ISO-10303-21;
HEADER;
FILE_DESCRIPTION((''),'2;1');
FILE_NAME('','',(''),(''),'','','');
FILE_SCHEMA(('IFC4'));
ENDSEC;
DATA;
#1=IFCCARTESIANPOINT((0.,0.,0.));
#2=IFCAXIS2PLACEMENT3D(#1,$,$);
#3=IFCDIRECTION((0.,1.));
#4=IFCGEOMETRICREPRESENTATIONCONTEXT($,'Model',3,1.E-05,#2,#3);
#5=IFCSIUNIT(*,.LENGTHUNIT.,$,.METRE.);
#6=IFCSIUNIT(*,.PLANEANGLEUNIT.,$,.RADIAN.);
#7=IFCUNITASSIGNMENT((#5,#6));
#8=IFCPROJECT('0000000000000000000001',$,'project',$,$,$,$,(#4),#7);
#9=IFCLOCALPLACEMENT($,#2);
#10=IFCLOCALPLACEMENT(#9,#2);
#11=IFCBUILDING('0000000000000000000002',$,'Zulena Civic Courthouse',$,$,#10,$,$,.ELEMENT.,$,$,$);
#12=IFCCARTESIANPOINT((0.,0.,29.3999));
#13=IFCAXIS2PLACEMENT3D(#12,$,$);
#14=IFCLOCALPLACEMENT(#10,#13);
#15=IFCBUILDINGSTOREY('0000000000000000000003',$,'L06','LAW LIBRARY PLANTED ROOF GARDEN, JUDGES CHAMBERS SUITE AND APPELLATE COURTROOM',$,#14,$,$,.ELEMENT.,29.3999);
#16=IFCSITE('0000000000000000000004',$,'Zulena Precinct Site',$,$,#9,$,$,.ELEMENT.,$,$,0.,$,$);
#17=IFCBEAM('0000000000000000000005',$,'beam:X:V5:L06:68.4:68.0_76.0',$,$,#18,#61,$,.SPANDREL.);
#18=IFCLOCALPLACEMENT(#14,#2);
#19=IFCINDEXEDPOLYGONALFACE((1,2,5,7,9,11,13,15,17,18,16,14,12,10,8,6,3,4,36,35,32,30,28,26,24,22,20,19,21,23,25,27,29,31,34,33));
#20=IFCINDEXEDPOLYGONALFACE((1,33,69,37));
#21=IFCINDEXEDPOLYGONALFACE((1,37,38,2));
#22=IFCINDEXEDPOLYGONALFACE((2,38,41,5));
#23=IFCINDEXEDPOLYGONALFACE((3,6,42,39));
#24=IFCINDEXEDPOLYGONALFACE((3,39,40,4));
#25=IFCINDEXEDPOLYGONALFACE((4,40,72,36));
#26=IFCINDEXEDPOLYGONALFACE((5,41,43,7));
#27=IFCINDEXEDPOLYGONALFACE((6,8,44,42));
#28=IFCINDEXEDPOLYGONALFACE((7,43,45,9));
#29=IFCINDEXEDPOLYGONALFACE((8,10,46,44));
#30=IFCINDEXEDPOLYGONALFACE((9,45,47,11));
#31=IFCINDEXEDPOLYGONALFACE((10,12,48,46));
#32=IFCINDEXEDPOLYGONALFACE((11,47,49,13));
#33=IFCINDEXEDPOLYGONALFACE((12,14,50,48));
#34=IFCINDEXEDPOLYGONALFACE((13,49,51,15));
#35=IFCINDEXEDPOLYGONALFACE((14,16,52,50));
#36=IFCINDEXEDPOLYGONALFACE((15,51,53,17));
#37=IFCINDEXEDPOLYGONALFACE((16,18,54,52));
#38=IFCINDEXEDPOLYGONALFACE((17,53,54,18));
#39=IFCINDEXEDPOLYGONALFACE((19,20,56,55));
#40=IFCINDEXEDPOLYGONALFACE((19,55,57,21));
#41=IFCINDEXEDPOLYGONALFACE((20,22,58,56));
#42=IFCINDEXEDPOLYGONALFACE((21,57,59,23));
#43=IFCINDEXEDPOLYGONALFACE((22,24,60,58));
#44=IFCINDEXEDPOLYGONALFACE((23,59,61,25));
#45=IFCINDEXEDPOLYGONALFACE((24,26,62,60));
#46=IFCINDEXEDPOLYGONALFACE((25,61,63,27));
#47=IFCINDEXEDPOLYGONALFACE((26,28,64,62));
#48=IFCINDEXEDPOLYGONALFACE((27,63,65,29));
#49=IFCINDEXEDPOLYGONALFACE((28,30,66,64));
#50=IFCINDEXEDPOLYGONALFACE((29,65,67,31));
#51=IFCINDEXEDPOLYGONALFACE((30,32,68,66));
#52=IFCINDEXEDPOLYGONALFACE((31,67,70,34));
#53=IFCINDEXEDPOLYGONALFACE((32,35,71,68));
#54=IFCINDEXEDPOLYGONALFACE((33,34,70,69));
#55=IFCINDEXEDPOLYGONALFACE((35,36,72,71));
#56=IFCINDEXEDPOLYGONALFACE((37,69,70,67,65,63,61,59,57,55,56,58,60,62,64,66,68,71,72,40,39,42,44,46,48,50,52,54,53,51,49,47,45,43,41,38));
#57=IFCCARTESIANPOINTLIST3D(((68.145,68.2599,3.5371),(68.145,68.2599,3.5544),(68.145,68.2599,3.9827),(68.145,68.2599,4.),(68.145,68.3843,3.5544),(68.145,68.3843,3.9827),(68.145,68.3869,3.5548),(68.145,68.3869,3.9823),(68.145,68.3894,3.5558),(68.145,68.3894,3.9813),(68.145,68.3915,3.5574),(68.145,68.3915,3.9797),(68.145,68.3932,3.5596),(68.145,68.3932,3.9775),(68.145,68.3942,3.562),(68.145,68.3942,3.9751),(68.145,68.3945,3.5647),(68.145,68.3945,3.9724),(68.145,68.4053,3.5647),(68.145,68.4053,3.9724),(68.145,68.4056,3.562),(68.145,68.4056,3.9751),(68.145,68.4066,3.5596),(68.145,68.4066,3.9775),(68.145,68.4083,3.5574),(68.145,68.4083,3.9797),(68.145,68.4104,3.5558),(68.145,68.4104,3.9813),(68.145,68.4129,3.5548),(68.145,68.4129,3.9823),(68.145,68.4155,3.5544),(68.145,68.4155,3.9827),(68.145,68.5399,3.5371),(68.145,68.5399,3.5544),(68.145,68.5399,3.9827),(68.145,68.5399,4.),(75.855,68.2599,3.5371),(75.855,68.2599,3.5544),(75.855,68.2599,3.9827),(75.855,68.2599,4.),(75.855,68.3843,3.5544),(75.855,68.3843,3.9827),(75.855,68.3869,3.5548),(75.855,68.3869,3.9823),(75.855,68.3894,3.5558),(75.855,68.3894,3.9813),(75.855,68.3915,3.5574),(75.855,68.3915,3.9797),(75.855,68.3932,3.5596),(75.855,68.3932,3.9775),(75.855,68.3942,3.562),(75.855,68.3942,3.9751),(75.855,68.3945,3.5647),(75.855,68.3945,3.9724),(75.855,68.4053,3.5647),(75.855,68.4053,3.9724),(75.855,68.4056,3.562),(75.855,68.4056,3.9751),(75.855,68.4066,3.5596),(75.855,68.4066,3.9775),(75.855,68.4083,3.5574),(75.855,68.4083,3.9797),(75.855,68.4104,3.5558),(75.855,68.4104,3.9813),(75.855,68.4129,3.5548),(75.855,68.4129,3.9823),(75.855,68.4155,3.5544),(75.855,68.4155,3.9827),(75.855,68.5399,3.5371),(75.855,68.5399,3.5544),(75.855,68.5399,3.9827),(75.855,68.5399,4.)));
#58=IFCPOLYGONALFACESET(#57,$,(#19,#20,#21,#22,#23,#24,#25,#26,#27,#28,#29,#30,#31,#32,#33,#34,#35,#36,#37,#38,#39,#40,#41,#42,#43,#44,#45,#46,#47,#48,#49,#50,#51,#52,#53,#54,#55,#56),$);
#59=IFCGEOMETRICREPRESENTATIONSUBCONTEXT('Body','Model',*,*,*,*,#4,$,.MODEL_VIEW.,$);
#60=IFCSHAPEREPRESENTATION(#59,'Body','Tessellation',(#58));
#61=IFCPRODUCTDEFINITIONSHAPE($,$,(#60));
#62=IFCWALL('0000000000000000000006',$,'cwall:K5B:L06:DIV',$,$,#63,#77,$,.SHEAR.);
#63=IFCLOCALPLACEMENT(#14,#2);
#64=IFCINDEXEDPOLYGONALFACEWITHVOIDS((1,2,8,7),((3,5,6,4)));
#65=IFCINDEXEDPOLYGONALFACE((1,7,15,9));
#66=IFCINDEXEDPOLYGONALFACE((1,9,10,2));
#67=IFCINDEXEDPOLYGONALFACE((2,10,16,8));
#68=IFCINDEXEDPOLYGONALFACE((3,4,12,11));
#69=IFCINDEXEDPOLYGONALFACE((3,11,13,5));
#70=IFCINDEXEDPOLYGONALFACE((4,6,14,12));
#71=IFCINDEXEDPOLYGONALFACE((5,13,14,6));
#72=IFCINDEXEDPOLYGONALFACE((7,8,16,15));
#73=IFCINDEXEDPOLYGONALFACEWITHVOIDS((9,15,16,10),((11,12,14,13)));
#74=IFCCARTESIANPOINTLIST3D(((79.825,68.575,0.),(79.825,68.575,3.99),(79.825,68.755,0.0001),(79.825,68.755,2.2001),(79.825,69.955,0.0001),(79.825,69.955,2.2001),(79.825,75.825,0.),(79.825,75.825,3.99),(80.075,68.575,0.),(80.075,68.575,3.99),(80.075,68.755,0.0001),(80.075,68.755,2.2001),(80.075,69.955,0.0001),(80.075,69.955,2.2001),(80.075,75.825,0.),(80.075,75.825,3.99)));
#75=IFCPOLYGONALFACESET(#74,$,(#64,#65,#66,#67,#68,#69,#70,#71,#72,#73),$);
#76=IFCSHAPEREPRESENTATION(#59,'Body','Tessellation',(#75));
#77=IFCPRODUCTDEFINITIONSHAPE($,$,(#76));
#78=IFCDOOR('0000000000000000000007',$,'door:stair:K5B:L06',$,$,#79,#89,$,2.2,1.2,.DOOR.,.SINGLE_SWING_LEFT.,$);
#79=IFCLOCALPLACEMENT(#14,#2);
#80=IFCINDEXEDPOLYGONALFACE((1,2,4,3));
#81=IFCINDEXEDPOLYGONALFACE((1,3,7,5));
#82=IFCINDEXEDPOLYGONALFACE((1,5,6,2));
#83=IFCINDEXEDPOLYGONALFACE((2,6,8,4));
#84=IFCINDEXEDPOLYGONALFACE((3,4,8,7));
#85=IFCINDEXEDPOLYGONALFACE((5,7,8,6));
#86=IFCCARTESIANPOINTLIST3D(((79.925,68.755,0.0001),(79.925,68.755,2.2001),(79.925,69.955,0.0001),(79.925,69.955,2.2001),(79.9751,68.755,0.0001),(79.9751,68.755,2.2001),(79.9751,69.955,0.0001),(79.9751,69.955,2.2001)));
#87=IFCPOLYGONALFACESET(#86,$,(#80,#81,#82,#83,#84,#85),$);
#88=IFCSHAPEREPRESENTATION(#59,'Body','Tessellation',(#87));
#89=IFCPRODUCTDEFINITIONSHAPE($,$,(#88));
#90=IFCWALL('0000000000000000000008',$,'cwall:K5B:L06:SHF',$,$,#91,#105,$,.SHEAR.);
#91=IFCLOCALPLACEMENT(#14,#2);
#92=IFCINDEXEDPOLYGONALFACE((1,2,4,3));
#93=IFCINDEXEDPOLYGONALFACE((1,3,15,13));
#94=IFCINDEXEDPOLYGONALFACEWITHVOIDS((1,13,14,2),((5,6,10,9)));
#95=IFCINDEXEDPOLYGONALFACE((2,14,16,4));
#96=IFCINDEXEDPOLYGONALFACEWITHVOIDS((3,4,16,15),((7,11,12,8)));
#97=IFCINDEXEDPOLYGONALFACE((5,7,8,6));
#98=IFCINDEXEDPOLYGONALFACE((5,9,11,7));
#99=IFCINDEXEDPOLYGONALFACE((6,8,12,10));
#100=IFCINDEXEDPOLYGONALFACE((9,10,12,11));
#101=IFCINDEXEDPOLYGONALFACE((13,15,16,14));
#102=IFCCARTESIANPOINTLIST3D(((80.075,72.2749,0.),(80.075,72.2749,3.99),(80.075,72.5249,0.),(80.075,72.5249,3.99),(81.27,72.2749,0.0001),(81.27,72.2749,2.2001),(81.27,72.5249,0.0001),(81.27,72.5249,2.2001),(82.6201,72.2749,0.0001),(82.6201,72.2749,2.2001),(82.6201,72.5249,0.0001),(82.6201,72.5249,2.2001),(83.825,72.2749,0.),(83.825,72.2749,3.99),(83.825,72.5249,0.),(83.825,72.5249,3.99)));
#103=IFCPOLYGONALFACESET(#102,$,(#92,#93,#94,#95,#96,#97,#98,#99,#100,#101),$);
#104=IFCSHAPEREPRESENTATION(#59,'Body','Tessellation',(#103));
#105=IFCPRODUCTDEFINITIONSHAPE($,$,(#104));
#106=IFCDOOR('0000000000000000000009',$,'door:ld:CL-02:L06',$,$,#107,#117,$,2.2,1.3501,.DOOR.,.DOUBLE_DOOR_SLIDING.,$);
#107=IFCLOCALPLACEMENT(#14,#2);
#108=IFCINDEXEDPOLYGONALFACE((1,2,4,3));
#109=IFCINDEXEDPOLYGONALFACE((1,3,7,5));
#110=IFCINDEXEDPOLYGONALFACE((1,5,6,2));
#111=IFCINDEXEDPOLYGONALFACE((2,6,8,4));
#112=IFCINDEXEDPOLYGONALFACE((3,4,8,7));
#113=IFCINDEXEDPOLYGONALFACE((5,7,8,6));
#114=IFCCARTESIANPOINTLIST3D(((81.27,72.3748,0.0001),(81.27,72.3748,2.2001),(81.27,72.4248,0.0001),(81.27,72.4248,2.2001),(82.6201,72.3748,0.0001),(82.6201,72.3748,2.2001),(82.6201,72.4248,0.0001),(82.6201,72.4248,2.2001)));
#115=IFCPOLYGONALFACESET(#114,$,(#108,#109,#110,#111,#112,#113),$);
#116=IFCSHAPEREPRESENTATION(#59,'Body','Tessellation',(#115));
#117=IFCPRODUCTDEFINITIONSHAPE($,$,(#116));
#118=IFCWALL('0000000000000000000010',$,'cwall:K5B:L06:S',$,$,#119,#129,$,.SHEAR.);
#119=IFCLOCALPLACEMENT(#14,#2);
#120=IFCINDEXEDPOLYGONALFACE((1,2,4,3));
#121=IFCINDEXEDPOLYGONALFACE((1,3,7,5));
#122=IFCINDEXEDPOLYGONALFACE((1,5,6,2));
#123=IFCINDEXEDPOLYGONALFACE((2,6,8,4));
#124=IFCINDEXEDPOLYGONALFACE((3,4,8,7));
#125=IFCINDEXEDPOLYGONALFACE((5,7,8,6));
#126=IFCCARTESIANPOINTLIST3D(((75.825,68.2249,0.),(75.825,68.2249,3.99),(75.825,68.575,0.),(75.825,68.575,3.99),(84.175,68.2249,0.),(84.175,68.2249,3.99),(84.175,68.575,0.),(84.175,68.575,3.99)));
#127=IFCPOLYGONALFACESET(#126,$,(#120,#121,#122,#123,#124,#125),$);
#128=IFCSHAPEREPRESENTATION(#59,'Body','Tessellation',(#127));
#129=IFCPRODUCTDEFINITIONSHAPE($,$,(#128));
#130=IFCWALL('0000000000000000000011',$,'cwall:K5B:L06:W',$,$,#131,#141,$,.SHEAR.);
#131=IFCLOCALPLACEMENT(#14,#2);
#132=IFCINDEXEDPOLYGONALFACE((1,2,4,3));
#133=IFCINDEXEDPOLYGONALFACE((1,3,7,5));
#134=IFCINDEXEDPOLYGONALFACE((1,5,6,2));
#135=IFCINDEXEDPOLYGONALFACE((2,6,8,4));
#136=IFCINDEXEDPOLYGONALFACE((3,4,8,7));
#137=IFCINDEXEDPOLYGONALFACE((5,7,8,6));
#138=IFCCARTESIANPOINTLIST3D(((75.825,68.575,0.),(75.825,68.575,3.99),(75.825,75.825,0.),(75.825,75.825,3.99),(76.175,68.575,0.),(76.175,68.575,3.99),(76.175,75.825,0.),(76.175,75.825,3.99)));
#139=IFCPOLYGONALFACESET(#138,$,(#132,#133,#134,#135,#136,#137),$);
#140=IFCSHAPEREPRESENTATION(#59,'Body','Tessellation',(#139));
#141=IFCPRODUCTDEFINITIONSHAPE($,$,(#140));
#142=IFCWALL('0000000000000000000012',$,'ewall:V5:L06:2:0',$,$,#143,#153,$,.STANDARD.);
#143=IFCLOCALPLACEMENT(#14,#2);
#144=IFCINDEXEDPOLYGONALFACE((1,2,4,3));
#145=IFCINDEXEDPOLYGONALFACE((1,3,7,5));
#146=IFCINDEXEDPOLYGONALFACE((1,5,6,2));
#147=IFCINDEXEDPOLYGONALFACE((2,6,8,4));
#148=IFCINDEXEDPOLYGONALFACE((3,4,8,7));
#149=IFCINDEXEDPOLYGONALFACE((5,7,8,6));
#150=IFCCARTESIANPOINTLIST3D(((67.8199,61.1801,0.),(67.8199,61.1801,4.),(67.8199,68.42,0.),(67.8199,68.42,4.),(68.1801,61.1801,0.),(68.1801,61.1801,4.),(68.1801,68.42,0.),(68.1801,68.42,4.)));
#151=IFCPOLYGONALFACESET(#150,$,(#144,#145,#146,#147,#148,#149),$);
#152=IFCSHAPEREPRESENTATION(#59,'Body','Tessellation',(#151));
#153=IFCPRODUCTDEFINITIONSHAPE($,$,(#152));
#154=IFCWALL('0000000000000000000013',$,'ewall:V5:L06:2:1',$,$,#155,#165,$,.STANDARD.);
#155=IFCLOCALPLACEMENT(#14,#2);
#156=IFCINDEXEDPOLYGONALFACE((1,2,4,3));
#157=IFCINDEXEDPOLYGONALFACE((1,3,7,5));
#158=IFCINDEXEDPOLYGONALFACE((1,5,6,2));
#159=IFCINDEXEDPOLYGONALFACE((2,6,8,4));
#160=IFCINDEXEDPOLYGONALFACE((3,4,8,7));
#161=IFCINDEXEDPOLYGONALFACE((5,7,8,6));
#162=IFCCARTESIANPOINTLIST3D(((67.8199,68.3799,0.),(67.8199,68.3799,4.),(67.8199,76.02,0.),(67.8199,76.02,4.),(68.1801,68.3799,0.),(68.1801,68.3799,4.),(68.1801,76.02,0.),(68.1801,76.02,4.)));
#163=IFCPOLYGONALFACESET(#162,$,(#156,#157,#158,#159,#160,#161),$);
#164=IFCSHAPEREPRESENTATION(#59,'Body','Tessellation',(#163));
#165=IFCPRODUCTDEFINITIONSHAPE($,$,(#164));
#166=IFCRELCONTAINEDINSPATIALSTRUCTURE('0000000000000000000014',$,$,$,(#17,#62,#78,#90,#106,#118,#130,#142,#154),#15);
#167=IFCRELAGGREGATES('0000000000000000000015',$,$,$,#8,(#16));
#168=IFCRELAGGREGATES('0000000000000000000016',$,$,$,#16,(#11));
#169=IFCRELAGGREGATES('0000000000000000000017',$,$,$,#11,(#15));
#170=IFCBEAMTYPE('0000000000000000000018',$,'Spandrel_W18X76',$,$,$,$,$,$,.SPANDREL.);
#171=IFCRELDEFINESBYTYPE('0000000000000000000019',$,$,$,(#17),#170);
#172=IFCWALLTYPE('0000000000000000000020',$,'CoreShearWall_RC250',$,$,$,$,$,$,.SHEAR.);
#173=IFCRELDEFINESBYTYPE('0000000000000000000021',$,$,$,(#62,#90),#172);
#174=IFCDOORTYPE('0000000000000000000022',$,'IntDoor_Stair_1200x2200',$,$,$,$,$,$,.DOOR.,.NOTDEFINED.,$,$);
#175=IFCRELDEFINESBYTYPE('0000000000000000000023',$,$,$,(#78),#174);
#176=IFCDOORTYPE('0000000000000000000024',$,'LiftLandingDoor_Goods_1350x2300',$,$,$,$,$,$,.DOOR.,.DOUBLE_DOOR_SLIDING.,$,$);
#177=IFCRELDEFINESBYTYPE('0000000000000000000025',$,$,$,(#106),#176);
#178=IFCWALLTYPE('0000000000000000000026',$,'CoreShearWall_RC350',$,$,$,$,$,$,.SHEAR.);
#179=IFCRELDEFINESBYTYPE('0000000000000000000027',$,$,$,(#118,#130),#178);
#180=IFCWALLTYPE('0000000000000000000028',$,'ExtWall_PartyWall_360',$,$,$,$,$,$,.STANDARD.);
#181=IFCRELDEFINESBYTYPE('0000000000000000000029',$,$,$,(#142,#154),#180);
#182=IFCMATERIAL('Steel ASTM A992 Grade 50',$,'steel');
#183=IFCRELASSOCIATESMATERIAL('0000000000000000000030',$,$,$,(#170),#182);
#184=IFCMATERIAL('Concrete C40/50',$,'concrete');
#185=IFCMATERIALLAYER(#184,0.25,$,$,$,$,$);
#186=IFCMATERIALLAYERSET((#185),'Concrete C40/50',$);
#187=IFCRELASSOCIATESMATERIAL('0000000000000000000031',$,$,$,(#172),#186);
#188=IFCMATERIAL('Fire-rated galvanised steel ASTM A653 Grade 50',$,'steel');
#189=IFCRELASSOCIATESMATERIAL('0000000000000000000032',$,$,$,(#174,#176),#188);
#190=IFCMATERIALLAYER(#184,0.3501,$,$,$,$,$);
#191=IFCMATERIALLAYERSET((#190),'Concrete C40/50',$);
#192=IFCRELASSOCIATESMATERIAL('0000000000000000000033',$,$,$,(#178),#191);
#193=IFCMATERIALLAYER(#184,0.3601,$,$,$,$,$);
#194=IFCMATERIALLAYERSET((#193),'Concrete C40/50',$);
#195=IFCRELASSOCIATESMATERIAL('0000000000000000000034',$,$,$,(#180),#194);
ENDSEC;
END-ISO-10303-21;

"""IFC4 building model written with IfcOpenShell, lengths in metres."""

from ifc_helpers import new_model, si_unit, direction, frame, frame_2d, origin, origin_2d, place, context, subcontext, project, spatial, rectangle, i_section, extrude, material, layer, layer_set, material_profile, profile_set, type_object, element, fill, save


model = new_model("IFC4")

# Units and contexts
model_context = context("Model", 3, precision=1e-05, world=origin(), true_north=direction((0.0, 1.0)))
body_context = subcontext(model_context, "Body", "Model", "MODEL_VIEW")
ifc_project = project(units=[si_unit("LENGTHUNIT", "METRE"), si_unit("PLANEANGLEUNIT", "RADIAN")], contexts=[model_context])

# Site, building, storey
site_placement = place(None, origin())
site = spatial("IfcSite", under=ifc_project, at=site_placement, Name="Zulena Precinct Site", CompositionType="ELEMENT", RefElevation=0.0)
building_placement = place(site_placement, origin())
building = spatial("IfcBuilding", under=site, at=building_placement, Name="Zulena Civic Courthouse", CompositionType="ELEMENT")
storey_placement = place(building_placement, frame((0.0, 0.0, 29.3999)))
storey = spatial("IfcBuildingStorey", under=building, at=storey_placement, Name="L06", Description="LAW LIBRARY PLANTED ROOF GARDEN, JUDGES CHAMBERS SUITE AND APPELLATE COURTROOM", CompositionType="ELEMENT", Elevation=29.3999)

# Shared definitions
ifc_material_1 = material(Name="Steel ASTM A992 Grade 50", Category="steel")

# Beam
ifc_material_profile_1 = material_profile(ifc_material_1, i_section(OverallWidth=0.28, OverallDepth=0.4629, WebThickness=0.0107, FlangeThickness=0.0173, FilletRadius=0.0103, at=origin_2d()), Name="W18X76")
ifc_profile_set_1 = profile_set([ifc_material_profile_1], Name="Steel ASTM A992 Grade 50")
beam_type_1 = type_object("IfcBeamType", Name="Spandrel_W18X76", PredefinedType="SPANDREL", material=ifc_profile_set_1)
beam_1_placement = place(storey_placement, frame((68.145, 68.3999, 3.7686), z_axis=(1.0, 0.0, 0.0), x_axis=(0.0, 1.0, 0.0)))
element("IfcBeam", 1, at=beam_1_placement, inside=storey, type_object=beam_type_1, Name="beam:X:V5:L06:68.4:68.0_76.0", PredefinedType="SPANDREL", context=body_context, shape_type="SweptSolid", body=[
    extrude(i_section(OverallWidth=0.28, OverallDepth=0.4629, WebThickness=0.0107, FlangeThickness=0.0173, FilletRadius=0.0103, at=origin_2d()), origin(), (0.0, 0.0, 1.0), 7.71),
])

# Walls, openings, doors
ifc_material_2 = material(Name="Concrete C40/50", Category="concrete")
ifc_layer_1 = layer(ifc_material_2, 0.25)
ifc_layer_set_1 = layer_set([ifc_layer_1], Name="Concrete C40/50")
wall_type_1 = type_object("IfcWallType", Name="CoreShearWall_RC250", PredefinedType="SHEAR", material=ifc_layer_set_1)
wall_1_placement = place(storey_placement, frame((79.95, 68.575, 0.0), z_axis=(0.0, 0.0, 1.0), x_axis=(0.0, 1.0, 0.0)))
wall_1 = element("IfcWall", 2, at=wall_1_placement, inside=storey, type_object=wall_type_1, Name="cwall:K5B:L06:DIV", PredefinedType="SHEAR", context=body_context, shape_type="SweptSolid", body=[
    extrude(rectangle(XDim=7.25, YDim=0.25, at=frame_2d((3.625, 0.0))), origin(), (0.0, 0.0, 1.0), 3.99),
])
opening_1_placement = place(wall_1_placement, frame((0.1799, 0.0, 0.0)))
opening_1 = element("IfcOpeningElement", 3, at=opening_1_placement, cuts=wall_1, PredefinedType="OPENING", context=body_context, shape_type="SweptSolid", body=[
    extrude(rectangle(XDim=1.2, YDim=2.2, at=frame_2d((0.6001, 1.1001))), frame((0.0, 0.135, 0.0), z_axis=(0.0, -1.0, 0.0), x_axis=(1.0, 0.0, 0.0)), (0.0, 0.0, 1.0), 0.27),
])
ifc_material_3 = material(Name="Fire-rated galvanised steel ASTM A653 Grade 50", Category="steel")
door_type_1 = type_object("IfcDoorType", Name="IntDoor_Stair_1200x2200", OperationType="NOTDEFINED", PredefinedType="DOOR", material=ifc_material_3)
door_1_placement = place(opening_1_placement, origin())
door_1 = element("IfcDoor", 4, at=door_1_placement, inside=storey, type_object=door_type_1, Name="door:stair:K5B:L06", OperationType="SINGLE_SWING_LEFT", OverallHeight=2.2, OverallWidth=1.2, PredefinedType="DOOR", context=body_context, shape_type="SweptSolid", body=[
    extrude(rectangle(XDim=1.2, YDim=2.2, at=frame_2d((0.6001, 1.1001))), frame((0.0, 0.0249, 0.0), z_axis=(0.0, -1.0, 0.0), x_axis=(1.0, 0.0, 0.0)), (0.0, 0.0, 1.0), 0.05),
])
fill(opening_1, door_1)
wall_2_placement = place(storey_placement, frame((80.075, 72.3999, 0.0), z_axis=(0.0, 0.0, 1.0), x_axis=(1.0, 0.0, 0.0)))
wall_2 = element("IfcWall", 5, at=wall_2_placement, inside=storey, type_object=wall_type_1, Name="cwall:K5B:L06:SHF", PredefinedType="SHEAR", context=body_context, shape_type="SweptSolid", body=[
    extrude(rectangle(XDim=3.75, YDim=0.25, at=frame_2d((1.875, 0.0))), origin(), (0.0, 0.0, 1.0), 3.99),
])
opening_2_placement = place(wall_2_placement, frame((1.1951, 0.0, 0.0)))
opening_2 = element("IfcOpeningElement", 6, at=opening_2_placement, cuts=wall_2, PredefinedType="OPENING", context=body_context, shape_type="SweptSolid", body=[
    extrude(rectangle(XDim=1.3501, YDim=2.2, at=frame_2d((0.675, 1.1001))), frame((0.0, 0.135, 0.0), z_axis=(0.0, -1.0, 0.0), x_axis=(1.0, 0.0, 0.0)), (0.0, 0.0, 1.0), 0.27),
])
door_type_2 = type_object("IfcDoorType", Name="LiftLandingDoor_Goods_1350x2300", OperationType="DOUBLE_DOOR_SLIDING", PredefinedType="DOOR", material=ifc_material_3)
door_2_placement = place(opening_2_placement, origin())
door_2 = element("IfcDoor", 7, at=door_2_placement, inside=storey, type_object=door_type_2, Name="door:ld:CL-02:L06", OperationType="DOUBLE_DOOR_SLIDING", OverallHeight=2.2, OverallWidth=1.3501, PredefinedType="DOOR", context=body_context, shape_type="SweptSolid", body=[
    extrude(rectangle(XDim=1.3501, YDim=2.2, at=frame_2d((0.675, 1.1001))), frame((0.0, 0.0249, 0.0), z_axis=(0.0, -1.0, 0.0), x_axis=(1.0, 0.0, 0.0)), (0.0, 0.0, 1.0), 0.05),
])
fill(opening_2, door_2)

# Walls
ifc_layer_2 = layer(ifc_material_2, 0.3501)
ifc_layer_set_2 = layer_set([ifc_layer_2], Name="Concrete C40/50")
wall_type_2 = type_object("IfcWallType", Name="CoreShearWall_RC350", PredefinedType="SHEAR", material=ifc_layer_set_2)
wall_3_placement = place(storey_placement, frame((75.825, 68.3999, 0.0), z_axis=(0.0, 0.0, 1.0), x_axis=(1.0, 0.0, 0.0)))
element("IfcWall", 8, at=wall_3_placement, inside=storey, type_object=wall_type_2, Name="cwall:K5B:L06:S", PredefinedType="SHEAR", context=body_context, shape_type="SweptSolid", body=[
    extrude(rectangle(XDim=8.3501, YDim=0.3501, at=frame_2d((4.175, 0.0))), origin(), (0.0, 0.0, 1.0), 3.99),
])
wall_4_placement = place(storey_placement, frame((76.0, 68.575, 0.0), z_axis=(0.0, 0.0, 1.0), x_axis=(0.0, 1.0, 0.0)))
element("IfcWall", 9, at=wall_4_placement, inside=storey, type_object=wall_type_2, Name="cwall:K5B:L06:W", PredefinedType="SHEAR", context=body_context, shape_type="SweptSolid", body=[
    extrude(rectangle(XDim=7.25, YDim=0.3501, at=frame_2d((3.625, 0.0))), origin(), (0.0, 0.0, 1.0), 3.99),
])
ifc_layer_3 = layer(ifc_material_2, 0.3601)
ifc_layer_set_3 = layer_set([ifc_layer_3], Name="Concrete C40/50")
wall_type_3 = type_object("IfcWallType", Name="ExtWall_PartyWall_360", PredefinedType="STANDARD", material=ifc_layer_set_3)
wall_5_placement = place(storey_placement, frame((68.0, 61.1799, 0.0), z_axis=(0.0, 0.0, 1.0), x_axis=(0.0, 1.0, 0.0)))
element("IfcWall", 10, at=wall_5_placement, inside=storey, type_object=wall_type_3, Name="ewall:V5:L06:2:0", PredefinedType="STANDARD", context=body_context, shape_type="SweptSolid", body=[
    extrude(rectangle(XDim=7.24, YDim=0.3601, at=frame_2d((3.6201, 0.0))), origin(), (0.0, 0.0, 1.0), 4.0),
])
wall_6_placement = place(storey_placement, frame((68.0, 68.3799, 0.0), z_axis=(0.0, 0.0, 1.0), x_axis=(0.0, 1.0, 0.0)))
element("IfcWall", 11, at=wall_6_placement, inside=storey, type_object=wall_type_3, Name="ewall:V5:L06:2:1", PredefinedType="STANDARD", context=body_context, shape_type="SweptSolid", body=[
    extrude(rectangle(XDim=7.6401, YDim=0.3601, at=frame_2d((3.8201, 0.0))), origin(), (0.0, 0.0, 1.0), 4.0),
])

save(model, "model.ifc")
